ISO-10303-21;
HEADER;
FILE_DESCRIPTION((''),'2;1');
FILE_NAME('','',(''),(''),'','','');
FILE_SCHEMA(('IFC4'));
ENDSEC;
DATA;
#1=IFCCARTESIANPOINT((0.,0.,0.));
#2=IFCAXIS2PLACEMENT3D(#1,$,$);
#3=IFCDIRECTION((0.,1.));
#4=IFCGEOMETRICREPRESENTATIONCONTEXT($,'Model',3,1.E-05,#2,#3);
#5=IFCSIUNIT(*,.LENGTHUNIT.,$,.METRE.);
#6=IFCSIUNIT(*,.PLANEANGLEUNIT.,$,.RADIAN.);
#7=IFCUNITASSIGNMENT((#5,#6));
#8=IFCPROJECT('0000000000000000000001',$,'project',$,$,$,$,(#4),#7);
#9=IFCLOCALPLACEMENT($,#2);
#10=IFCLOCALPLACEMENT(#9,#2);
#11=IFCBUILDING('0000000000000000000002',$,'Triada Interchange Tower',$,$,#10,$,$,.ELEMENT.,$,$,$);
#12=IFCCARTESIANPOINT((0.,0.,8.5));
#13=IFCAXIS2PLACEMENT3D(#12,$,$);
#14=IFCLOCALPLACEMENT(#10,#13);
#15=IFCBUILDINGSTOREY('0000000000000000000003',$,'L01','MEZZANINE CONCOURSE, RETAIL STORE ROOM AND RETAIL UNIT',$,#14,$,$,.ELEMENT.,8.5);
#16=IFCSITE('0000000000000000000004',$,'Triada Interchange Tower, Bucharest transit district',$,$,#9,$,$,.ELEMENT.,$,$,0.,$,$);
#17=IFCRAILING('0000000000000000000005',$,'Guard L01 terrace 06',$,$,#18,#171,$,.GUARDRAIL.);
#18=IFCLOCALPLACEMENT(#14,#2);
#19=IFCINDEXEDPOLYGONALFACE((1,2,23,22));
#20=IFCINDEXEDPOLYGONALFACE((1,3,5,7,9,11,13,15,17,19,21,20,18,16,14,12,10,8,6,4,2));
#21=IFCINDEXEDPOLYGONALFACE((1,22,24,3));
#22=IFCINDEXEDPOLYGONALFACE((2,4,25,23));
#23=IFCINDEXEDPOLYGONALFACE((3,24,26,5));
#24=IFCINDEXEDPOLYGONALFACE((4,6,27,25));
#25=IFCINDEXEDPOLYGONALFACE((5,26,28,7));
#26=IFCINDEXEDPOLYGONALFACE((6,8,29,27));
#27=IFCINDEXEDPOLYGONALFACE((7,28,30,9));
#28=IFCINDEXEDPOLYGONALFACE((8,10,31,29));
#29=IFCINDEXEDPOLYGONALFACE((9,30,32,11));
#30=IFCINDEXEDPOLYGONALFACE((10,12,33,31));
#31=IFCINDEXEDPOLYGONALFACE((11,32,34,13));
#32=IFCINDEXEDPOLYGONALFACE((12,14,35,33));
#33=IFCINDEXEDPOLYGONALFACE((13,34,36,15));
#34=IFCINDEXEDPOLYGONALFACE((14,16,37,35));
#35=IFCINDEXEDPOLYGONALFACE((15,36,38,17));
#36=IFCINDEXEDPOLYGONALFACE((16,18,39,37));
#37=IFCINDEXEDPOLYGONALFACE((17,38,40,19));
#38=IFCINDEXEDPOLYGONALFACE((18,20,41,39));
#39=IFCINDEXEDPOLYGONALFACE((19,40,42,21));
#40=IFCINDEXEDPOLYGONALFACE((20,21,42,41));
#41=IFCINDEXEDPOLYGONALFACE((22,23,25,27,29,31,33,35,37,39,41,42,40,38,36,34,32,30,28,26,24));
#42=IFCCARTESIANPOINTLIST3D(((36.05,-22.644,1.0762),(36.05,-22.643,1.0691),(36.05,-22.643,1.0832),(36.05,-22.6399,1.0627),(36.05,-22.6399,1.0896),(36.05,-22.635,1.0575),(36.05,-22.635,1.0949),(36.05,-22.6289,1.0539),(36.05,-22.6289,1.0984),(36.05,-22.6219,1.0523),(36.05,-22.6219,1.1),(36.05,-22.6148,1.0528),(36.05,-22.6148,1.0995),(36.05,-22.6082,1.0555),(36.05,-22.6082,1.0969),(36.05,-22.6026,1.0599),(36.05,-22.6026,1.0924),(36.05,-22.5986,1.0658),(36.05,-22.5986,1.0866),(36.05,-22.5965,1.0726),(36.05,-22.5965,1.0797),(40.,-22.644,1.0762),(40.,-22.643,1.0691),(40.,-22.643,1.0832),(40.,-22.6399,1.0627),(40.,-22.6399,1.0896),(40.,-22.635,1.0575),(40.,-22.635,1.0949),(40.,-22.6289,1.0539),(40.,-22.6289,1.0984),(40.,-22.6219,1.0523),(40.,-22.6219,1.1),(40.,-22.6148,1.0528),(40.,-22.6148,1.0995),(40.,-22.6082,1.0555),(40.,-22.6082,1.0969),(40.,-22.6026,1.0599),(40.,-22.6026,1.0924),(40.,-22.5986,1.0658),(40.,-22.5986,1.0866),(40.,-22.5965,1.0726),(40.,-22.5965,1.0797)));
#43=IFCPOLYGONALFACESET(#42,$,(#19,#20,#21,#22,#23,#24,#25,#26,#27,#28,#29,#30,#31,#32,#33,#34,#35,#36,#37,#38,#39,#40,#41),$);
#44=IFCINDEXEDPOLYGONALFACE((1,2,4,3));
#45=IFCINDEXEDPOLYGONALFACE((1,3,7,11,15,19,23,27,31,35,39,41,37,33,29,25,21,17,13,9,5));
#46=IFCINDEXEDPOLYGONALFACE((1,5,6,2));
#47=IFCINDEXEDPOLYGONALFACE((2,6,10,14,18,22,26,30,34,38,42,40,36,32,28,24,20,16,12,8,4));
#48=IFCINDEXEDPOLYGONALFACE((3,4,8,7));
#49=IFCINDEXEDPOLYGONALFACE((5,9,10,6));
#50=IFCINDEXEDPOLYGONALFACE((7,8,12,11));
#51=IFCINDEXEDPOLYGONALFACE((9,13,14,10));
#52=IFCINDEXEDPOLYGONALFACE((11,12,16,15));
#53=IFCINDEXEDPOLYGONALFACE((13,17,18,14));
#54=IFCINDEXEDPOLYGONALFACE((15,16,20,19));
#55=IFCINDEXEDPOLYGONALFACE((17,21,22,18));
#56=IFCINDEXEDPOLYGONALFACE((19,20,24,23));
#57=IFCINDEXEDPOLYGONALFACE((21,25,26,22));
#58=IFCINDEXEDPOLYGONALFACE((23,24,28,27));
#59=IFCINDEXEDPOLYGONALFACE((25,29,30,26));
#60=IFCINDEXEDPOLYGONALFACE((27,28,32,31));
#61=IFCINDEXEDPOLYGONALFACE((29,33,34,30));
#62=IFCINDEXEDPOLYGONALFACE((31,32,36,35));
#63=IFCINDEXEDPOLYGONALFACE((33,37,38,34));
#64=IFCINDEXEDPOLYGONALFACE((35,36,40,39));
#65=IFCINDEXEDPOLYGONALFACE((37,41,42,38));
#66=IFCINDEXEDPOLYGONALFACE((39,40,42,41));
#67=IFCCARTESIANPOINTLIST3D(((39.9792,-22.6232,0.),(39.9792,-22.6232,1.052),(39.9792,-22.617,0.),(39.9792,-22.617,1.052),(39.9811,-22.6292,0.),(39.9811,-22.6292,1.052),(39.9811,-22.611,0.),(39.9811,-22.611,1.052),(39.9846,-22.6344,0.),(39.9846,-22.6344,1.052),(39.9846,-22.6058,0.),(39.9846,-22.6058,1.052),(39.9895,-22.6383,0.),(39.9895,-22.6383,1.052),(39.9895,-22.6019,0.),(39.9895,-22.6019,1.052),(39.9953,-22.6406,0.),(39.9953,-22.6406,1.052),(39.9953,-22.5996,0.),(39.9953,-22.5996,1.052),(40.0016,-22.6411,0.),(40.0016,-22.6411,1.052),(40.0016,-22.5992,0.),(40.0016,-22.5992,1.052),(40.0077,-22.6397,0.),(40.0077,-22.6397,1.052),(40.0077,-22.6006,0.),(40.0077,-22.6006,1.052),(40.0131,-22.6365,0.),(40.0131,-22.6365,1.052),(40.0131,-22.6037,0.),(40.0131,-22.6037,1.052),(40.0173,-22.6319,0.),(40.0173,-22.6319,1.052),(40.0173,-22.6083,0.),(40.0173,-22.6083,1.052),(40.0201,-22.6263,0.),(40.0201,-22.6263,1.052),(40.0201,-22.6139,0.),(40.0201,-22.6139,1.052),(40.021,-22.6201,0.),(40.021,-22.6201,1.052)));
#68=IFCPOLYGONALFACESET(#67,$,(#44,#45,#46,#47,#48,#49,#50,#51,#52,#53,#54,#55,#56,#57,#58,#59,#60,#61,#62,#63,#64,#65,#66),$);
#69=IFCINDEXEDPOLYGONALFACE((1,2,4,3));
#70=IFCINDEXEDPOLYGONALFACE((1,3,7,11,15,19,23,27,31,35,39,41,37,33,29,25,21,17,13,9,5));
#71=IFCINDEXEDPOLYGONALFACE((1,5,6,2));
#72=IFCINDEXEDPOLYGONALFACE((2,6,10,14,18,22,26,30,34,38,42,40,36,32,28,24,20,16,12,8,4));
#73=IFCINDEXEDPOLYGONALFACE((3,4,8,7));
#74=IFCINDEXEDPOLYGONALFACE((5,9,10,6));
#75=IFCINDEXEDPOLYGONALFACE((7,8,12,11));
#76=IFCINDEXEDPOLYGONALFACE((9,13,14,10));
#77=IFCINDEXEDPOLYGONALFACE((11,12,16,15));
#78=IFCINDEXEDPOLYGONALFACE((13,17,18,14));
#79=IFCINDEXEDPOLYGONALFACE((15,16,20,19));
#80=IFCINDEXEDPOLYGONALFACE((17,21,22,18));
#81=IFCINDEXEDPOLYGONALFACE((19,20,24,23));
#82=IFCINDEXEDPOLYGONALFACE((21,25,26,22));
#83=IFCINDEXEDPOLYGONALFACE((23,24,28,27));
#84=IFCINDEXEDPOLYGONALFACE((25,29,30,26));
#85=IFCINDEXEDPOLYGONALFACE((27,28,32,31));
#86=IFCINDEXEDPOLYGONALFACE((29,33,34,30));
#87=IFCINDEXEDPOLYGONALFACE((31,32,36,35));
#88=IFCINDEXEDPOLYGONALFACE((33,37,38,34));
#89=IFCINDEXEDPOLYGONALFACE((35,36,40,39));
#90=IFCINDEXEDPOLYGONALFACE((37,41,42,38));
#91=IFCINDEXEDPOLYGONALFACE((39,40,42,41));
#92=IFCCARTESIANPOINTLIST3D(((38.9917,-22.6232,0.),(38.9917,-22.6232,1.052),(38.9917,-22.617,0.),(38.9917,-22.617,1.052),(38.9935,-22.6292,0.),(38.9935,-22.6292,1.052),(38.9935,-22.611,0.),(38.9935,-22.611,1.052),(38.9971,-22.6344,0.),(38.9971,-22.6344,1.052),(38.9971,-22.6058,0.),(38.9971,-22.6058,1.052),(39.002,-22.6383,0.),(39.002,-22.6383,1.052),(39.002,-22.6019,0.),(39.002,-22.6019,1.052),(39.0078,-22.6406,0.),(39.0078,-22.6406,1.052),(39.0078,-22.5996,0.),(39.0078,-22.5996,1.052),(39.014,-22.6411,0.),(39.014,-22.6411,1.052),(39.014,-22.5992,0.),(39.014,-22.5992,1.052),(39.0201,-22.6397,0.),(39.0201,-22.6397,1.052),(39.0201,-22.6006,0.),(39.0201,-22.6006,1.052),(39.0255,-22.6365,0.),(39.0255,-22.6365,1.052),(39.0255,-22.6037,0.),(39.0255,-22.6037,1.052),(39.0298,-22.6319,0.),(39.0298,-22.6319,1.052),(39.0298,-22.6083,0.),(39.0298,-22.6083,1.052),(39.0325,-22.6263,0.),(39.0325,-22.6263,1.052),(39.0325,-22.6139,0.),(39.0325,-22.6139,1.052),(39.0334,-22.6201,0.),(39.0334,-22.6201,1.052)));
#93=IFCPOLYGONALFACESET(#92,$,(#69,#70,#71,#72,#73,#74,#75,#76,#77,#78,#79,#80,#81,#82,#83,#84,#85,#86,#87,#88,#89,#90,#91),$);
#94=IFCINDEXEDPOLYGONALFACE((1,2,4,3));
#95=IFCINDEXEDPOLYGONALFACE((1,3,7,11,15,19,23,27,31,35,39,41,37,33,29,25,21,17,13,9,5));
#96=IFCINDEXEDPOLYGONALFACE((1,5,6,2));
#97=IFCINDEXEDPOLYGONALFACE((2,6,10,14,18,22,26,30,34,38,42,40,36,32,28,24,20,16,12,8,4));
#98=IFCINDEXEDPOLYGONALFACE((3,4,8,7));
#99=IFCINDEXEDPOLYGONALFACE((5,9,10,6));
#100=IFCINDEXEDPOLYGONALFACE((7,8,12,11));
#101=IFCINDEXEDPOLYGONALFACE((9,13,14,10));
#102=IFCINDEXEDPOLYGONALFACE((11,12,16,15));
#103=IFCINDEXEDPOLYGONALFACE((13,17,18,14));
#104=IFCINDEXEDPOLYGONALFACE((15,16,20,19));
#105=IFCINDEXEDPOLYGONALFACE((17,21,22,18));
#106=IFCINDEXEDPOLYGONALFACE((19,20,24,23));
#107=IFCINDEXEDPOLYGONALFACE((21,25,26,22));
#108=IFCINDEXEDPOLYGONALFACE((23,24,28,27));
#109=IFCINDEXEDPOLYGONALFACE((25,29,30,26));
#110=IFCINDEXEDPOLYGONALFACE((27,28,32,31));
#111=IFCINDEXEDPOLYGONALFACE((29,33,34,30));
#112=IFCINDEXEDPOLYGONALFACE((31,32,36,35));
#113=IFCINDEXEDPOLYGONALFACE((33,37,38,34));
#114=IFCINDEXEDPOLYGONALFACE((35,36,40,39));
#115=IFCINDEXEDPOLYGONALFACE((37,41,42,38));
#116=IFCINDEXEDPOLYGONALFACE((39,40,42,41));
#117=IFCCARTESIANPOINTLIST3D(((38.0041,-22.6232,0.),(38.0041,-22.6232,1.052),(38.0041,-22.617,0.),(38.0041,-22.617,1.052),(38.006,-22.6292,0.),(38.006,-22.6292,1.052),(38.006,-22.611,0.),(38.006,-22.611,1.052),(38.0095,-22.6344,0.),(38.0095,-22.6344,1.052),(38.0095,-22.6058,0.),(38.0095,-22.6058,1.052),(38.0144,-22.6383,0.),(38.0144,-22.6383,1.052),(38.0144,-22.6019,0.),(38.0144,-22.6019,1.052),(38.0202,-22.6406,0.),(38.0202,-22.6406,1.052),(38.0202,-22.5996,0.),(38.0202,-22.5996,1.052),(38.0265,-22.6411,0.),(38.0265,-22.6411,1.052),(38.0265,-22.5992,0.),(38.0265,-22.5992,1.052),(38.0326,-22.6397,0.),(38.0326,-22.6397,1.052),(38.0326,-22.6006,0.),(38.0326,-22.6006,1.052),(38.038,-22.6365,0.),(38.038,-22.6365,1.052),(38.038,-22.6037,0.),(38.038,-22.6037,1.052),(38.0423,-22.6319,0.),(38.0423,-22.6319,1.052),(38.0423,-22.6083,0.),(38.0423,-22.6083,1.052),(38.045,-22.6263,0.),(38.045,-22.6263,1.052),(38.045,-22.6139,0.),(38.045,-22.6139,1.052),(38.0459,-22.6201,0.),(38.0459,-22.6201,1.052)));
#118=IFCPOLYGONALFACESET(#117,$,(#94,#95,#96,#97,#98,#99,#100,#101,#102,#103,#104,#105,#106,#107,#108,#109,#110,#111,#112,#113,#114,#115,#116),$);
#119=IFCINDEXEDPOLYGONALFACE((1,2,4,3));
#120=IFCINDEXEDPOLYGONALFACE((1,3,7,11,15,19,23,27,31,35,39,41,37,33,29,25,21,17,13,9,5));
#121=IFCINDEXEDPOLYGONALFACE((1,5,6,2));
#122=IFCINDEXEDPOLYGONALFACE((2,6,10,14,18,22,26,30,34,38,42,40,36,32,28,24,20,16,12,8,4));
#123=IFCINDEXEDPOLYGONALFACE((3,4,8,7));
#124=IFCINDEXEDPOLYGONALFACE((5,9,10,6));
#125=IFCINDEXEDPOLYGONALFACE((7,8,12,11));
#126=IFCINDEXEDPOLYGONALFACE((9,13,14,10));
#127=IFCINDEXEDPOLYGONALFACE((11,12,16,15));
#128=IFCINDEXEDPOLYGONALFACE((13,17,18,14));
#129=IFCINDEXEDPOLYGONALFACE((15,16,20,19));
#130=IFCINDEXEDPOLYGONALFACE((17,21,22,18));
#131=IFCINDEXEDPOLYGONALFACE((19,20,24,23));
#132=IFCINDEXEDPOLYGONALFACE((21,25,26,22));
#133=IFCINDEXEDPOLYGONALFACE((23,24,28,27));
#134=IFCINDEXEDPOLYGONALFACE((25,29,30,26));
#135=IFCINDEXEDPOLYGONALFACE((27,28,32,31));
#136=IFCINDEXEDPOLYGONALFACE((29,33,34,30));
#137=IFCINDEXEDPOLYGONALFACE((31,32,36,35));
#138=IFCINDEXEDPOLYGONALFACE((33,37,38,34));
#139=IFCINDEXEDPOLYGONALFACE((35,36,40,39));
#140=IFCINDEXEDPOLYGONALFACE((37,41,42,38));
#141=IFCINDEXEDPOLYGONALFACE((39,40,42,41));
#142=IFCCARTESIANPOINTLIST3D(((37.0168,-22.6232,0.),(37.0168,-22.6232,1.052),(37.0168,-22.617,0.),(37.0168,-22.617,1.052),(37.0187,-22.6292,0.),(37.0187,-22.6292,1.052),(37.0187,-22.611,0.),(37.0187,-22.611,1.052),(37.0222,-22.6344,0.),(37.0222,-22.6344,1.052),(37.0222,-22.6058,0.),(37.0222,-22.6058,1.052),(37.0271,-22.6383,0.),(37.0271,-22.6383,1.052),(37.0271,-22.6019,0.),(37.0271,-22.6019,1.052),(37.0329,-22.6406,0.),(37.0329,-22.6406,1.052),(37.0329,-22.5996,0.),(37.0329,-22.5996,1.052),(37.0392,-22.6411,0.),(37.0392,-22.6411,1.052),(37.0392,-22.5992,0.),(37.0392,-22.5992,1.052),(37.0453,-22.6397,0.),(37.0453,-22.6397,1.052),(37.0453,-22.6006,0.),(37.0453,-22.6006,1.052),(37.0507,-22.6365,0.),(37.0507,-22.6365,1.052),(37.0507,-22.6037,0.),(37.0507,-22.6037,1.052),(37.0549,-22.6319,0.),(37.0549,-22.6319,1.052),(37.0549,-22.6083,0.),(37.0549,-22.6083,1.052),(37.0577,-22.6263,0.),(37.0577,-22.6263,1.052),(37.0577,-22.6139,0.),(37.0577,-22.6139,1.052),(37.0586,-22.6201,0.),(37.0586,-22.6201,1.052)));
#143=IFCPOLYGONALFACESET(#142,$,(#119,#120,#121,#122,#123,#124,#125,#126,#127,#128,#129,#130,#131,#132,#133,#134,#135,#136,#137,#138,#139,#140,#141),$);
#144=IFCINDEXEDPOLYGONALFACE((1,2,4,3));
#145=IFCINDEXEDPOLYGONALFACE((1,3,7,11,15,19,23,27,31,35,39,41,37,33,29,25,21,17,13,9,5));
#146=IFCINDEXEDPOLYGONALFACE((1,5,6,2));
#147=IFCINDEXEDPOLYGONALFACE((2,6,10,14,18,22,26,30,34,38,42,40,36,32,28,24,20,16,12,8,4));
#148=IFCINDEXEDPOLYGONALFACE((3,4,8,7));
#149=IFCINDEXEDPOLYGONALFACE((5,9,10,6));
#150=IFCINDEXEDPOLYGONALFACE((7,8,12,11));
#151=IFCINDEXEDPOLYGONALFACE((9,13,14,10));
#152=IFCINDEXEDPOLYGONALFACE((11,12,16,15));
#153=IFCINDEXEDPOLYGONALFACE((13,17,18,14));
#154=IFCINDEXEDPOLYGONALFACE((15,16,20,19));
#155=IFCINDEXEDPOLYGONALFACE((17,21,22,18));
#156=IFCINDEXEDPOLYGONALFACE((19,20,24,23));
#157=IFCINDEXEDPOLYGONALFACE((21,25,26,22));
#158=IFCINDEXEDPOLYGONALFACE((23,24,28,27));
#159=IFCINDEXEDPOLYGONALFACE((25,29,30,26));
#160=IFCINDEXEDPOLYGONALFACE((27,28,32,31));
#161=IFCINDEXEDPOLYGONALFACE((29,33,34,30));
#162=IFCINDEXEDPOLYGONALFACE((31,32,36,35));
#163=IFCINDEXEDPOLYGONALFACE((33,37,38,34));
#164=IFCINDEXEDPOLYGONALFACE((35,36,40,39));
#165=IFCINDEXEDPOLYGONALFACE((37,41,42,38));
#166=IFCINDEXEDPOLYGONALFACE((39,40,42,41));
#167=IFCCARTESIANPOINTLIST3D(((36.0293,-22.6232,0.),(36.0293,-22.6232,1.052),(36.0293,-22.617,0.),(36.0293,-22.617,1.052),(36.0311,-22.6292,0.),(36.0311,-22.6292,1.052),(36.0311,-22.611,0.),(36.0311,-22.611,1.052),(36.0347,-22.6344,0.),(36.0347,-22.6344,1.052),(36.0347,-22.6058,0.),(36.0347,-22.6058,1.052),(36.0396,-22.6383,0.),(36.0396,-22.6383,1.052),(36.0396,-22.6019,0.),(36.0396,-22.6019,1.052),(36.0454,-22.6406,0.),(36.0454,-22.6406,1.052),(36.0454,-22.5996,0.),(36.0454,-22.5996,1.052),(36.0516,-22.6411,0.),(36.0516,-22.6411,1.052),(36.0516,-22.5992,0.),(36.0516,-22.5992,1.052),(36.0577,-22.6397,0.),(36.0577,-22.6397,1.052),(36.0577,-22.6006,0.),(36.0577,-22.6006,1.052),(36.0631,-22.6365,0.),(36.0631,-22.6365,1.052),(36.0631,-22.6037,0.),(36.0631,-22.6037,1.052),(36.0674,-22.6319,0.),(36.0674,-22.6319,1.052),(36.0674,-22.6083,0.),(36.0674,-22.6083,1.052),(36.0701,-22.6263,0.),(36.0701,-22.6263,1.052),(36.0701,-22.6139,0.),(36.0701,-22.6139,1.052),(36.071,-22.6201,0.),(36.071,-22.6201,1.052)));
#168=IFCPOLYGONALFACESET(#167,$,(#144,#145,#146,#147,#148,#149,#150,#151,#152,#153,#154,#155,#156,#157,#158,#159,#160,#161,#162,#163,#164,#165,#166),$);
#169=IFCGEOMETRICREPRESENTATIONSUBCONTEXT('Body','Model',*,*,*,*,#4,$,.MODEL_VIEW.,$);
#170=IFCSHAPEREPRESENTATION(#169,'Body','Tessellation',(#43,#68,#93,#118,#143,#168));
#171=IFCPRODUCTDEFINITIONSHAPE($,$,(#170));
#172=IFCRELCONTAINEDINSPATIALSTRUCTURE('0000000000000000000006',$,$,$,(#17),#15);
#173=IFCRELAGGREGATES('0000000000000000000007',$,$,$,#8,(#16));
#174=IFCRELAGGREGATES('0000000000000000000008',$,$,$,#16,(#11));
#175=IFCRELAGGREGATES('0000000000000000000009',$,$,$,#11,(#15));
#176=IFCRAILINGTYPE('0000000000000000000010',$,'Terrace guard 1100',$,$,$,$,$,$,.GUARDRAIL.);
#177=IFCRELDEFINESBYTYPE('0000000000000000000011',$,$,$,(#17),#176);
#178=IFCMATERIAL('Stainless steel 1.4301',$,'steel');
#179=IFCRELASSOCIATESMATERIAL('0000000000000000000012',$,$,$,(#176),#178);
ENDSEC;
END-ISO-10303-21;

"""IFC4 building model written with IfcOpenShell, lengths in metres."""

from ifc_helpers import new_model, si_unit, direction, frame, origin, origin_2d, place, context, subcontext, project, spatial, circle, extrude, material, type_object, element, save


model = new_model("IFC4")

# Units and contexts
model_context = context("Model", 3, precision=1e-05, world=origin(), true_north=direction((0.0, 1.0)))
body_context = subcontext(model_context, "Body", "Model", "MODEL_VIEW")
ifc_project = project(units=[si_unit("LENGTHUNIT", "METRE"), si_unit("PLANEANGLEUNIT", "RADIAN")], contexts=[model_context])

# Site, building, storey
site_placement = place(None, origin())
site = spatial("IfcSite", under=ifc_project, at=site_placement, Name="Triada Interchange Tower, Bucharest transit district", CompositionType="ELEMENT", RefElevation=0.0)
building_placement = place(site_placement, origin())
building = spatial("IfcBuilding", under=site, at=building_placement, Name="Triada Interchange Tower", CompositionType="ELEMENT")
storey_placement = place(building_placement, frame((0.0, 0.0, 8.5)))
storey = spatial("IfcBuildingStorey", under=building, at=storey_placement, Name="L01", Description="MEZZANINE CONCOURSE, RETAIL STORE ROOM AND RETAIL UNIT", CompositionType="ELEMENT", Elevation=8.5)

# Railing
ifc_material_1 = material(Name="Stainless steel 1.4301", Category="steel")
railing_type = type_object("IfcRailingType", Name="Terrace guard 1100", PredefinedType="GUARDRAIL", material=ifc_material_1)
railing_placement = place(storey_placement, frame((40.0, -22.6201, 0.0)))
element("IfcRailing", 1, at=railing_placement, inside=storey, type_object=railing_type, Name="Guard L01 terrace 06", PredefinedType="GUARDRAIL", context=body_context, shape_type="SweptSolid", body=[
    extrude(circle(Radius=0.0239, at=origin_2d()), frame((0.0, 0.0, 1.0762), z_axis=(-1.0, 0.0, 0.0), x_axis=(0.0, -1.0, 0.0)), (0.0, 0.0, 1.0), 3.95),
    extrude(circle(Radius=0.021, at=origin_2d()), origin(), (0.0, 0.0, 1.0), 1.052),
    extrude(circle(Radius=0.021, at=origin_2d()), frame((-0.9875, 0.0, 0.0)), (0.0, 0.0, 1.0), 1.052),
    extrude(circle(Radius=0.021, at=origin_2d()), frame((-1.9751, 0.0, 0.0)), (0.0, 0.0, 1.0), 1.052),
    extrude(circle(Radius=0.021, at=origin_2d()), frame((-2.9624, 0.0, 0.0)), (0.0, 0.0, 1.0), 1.052),
    extrude(circle(Radius=0.021, at=origin_2d()), frame((-3.95, 0.0, 0.0)), (0.0, 0.0, 1.0), 1.052),
])

save(model, "model.ifc")
